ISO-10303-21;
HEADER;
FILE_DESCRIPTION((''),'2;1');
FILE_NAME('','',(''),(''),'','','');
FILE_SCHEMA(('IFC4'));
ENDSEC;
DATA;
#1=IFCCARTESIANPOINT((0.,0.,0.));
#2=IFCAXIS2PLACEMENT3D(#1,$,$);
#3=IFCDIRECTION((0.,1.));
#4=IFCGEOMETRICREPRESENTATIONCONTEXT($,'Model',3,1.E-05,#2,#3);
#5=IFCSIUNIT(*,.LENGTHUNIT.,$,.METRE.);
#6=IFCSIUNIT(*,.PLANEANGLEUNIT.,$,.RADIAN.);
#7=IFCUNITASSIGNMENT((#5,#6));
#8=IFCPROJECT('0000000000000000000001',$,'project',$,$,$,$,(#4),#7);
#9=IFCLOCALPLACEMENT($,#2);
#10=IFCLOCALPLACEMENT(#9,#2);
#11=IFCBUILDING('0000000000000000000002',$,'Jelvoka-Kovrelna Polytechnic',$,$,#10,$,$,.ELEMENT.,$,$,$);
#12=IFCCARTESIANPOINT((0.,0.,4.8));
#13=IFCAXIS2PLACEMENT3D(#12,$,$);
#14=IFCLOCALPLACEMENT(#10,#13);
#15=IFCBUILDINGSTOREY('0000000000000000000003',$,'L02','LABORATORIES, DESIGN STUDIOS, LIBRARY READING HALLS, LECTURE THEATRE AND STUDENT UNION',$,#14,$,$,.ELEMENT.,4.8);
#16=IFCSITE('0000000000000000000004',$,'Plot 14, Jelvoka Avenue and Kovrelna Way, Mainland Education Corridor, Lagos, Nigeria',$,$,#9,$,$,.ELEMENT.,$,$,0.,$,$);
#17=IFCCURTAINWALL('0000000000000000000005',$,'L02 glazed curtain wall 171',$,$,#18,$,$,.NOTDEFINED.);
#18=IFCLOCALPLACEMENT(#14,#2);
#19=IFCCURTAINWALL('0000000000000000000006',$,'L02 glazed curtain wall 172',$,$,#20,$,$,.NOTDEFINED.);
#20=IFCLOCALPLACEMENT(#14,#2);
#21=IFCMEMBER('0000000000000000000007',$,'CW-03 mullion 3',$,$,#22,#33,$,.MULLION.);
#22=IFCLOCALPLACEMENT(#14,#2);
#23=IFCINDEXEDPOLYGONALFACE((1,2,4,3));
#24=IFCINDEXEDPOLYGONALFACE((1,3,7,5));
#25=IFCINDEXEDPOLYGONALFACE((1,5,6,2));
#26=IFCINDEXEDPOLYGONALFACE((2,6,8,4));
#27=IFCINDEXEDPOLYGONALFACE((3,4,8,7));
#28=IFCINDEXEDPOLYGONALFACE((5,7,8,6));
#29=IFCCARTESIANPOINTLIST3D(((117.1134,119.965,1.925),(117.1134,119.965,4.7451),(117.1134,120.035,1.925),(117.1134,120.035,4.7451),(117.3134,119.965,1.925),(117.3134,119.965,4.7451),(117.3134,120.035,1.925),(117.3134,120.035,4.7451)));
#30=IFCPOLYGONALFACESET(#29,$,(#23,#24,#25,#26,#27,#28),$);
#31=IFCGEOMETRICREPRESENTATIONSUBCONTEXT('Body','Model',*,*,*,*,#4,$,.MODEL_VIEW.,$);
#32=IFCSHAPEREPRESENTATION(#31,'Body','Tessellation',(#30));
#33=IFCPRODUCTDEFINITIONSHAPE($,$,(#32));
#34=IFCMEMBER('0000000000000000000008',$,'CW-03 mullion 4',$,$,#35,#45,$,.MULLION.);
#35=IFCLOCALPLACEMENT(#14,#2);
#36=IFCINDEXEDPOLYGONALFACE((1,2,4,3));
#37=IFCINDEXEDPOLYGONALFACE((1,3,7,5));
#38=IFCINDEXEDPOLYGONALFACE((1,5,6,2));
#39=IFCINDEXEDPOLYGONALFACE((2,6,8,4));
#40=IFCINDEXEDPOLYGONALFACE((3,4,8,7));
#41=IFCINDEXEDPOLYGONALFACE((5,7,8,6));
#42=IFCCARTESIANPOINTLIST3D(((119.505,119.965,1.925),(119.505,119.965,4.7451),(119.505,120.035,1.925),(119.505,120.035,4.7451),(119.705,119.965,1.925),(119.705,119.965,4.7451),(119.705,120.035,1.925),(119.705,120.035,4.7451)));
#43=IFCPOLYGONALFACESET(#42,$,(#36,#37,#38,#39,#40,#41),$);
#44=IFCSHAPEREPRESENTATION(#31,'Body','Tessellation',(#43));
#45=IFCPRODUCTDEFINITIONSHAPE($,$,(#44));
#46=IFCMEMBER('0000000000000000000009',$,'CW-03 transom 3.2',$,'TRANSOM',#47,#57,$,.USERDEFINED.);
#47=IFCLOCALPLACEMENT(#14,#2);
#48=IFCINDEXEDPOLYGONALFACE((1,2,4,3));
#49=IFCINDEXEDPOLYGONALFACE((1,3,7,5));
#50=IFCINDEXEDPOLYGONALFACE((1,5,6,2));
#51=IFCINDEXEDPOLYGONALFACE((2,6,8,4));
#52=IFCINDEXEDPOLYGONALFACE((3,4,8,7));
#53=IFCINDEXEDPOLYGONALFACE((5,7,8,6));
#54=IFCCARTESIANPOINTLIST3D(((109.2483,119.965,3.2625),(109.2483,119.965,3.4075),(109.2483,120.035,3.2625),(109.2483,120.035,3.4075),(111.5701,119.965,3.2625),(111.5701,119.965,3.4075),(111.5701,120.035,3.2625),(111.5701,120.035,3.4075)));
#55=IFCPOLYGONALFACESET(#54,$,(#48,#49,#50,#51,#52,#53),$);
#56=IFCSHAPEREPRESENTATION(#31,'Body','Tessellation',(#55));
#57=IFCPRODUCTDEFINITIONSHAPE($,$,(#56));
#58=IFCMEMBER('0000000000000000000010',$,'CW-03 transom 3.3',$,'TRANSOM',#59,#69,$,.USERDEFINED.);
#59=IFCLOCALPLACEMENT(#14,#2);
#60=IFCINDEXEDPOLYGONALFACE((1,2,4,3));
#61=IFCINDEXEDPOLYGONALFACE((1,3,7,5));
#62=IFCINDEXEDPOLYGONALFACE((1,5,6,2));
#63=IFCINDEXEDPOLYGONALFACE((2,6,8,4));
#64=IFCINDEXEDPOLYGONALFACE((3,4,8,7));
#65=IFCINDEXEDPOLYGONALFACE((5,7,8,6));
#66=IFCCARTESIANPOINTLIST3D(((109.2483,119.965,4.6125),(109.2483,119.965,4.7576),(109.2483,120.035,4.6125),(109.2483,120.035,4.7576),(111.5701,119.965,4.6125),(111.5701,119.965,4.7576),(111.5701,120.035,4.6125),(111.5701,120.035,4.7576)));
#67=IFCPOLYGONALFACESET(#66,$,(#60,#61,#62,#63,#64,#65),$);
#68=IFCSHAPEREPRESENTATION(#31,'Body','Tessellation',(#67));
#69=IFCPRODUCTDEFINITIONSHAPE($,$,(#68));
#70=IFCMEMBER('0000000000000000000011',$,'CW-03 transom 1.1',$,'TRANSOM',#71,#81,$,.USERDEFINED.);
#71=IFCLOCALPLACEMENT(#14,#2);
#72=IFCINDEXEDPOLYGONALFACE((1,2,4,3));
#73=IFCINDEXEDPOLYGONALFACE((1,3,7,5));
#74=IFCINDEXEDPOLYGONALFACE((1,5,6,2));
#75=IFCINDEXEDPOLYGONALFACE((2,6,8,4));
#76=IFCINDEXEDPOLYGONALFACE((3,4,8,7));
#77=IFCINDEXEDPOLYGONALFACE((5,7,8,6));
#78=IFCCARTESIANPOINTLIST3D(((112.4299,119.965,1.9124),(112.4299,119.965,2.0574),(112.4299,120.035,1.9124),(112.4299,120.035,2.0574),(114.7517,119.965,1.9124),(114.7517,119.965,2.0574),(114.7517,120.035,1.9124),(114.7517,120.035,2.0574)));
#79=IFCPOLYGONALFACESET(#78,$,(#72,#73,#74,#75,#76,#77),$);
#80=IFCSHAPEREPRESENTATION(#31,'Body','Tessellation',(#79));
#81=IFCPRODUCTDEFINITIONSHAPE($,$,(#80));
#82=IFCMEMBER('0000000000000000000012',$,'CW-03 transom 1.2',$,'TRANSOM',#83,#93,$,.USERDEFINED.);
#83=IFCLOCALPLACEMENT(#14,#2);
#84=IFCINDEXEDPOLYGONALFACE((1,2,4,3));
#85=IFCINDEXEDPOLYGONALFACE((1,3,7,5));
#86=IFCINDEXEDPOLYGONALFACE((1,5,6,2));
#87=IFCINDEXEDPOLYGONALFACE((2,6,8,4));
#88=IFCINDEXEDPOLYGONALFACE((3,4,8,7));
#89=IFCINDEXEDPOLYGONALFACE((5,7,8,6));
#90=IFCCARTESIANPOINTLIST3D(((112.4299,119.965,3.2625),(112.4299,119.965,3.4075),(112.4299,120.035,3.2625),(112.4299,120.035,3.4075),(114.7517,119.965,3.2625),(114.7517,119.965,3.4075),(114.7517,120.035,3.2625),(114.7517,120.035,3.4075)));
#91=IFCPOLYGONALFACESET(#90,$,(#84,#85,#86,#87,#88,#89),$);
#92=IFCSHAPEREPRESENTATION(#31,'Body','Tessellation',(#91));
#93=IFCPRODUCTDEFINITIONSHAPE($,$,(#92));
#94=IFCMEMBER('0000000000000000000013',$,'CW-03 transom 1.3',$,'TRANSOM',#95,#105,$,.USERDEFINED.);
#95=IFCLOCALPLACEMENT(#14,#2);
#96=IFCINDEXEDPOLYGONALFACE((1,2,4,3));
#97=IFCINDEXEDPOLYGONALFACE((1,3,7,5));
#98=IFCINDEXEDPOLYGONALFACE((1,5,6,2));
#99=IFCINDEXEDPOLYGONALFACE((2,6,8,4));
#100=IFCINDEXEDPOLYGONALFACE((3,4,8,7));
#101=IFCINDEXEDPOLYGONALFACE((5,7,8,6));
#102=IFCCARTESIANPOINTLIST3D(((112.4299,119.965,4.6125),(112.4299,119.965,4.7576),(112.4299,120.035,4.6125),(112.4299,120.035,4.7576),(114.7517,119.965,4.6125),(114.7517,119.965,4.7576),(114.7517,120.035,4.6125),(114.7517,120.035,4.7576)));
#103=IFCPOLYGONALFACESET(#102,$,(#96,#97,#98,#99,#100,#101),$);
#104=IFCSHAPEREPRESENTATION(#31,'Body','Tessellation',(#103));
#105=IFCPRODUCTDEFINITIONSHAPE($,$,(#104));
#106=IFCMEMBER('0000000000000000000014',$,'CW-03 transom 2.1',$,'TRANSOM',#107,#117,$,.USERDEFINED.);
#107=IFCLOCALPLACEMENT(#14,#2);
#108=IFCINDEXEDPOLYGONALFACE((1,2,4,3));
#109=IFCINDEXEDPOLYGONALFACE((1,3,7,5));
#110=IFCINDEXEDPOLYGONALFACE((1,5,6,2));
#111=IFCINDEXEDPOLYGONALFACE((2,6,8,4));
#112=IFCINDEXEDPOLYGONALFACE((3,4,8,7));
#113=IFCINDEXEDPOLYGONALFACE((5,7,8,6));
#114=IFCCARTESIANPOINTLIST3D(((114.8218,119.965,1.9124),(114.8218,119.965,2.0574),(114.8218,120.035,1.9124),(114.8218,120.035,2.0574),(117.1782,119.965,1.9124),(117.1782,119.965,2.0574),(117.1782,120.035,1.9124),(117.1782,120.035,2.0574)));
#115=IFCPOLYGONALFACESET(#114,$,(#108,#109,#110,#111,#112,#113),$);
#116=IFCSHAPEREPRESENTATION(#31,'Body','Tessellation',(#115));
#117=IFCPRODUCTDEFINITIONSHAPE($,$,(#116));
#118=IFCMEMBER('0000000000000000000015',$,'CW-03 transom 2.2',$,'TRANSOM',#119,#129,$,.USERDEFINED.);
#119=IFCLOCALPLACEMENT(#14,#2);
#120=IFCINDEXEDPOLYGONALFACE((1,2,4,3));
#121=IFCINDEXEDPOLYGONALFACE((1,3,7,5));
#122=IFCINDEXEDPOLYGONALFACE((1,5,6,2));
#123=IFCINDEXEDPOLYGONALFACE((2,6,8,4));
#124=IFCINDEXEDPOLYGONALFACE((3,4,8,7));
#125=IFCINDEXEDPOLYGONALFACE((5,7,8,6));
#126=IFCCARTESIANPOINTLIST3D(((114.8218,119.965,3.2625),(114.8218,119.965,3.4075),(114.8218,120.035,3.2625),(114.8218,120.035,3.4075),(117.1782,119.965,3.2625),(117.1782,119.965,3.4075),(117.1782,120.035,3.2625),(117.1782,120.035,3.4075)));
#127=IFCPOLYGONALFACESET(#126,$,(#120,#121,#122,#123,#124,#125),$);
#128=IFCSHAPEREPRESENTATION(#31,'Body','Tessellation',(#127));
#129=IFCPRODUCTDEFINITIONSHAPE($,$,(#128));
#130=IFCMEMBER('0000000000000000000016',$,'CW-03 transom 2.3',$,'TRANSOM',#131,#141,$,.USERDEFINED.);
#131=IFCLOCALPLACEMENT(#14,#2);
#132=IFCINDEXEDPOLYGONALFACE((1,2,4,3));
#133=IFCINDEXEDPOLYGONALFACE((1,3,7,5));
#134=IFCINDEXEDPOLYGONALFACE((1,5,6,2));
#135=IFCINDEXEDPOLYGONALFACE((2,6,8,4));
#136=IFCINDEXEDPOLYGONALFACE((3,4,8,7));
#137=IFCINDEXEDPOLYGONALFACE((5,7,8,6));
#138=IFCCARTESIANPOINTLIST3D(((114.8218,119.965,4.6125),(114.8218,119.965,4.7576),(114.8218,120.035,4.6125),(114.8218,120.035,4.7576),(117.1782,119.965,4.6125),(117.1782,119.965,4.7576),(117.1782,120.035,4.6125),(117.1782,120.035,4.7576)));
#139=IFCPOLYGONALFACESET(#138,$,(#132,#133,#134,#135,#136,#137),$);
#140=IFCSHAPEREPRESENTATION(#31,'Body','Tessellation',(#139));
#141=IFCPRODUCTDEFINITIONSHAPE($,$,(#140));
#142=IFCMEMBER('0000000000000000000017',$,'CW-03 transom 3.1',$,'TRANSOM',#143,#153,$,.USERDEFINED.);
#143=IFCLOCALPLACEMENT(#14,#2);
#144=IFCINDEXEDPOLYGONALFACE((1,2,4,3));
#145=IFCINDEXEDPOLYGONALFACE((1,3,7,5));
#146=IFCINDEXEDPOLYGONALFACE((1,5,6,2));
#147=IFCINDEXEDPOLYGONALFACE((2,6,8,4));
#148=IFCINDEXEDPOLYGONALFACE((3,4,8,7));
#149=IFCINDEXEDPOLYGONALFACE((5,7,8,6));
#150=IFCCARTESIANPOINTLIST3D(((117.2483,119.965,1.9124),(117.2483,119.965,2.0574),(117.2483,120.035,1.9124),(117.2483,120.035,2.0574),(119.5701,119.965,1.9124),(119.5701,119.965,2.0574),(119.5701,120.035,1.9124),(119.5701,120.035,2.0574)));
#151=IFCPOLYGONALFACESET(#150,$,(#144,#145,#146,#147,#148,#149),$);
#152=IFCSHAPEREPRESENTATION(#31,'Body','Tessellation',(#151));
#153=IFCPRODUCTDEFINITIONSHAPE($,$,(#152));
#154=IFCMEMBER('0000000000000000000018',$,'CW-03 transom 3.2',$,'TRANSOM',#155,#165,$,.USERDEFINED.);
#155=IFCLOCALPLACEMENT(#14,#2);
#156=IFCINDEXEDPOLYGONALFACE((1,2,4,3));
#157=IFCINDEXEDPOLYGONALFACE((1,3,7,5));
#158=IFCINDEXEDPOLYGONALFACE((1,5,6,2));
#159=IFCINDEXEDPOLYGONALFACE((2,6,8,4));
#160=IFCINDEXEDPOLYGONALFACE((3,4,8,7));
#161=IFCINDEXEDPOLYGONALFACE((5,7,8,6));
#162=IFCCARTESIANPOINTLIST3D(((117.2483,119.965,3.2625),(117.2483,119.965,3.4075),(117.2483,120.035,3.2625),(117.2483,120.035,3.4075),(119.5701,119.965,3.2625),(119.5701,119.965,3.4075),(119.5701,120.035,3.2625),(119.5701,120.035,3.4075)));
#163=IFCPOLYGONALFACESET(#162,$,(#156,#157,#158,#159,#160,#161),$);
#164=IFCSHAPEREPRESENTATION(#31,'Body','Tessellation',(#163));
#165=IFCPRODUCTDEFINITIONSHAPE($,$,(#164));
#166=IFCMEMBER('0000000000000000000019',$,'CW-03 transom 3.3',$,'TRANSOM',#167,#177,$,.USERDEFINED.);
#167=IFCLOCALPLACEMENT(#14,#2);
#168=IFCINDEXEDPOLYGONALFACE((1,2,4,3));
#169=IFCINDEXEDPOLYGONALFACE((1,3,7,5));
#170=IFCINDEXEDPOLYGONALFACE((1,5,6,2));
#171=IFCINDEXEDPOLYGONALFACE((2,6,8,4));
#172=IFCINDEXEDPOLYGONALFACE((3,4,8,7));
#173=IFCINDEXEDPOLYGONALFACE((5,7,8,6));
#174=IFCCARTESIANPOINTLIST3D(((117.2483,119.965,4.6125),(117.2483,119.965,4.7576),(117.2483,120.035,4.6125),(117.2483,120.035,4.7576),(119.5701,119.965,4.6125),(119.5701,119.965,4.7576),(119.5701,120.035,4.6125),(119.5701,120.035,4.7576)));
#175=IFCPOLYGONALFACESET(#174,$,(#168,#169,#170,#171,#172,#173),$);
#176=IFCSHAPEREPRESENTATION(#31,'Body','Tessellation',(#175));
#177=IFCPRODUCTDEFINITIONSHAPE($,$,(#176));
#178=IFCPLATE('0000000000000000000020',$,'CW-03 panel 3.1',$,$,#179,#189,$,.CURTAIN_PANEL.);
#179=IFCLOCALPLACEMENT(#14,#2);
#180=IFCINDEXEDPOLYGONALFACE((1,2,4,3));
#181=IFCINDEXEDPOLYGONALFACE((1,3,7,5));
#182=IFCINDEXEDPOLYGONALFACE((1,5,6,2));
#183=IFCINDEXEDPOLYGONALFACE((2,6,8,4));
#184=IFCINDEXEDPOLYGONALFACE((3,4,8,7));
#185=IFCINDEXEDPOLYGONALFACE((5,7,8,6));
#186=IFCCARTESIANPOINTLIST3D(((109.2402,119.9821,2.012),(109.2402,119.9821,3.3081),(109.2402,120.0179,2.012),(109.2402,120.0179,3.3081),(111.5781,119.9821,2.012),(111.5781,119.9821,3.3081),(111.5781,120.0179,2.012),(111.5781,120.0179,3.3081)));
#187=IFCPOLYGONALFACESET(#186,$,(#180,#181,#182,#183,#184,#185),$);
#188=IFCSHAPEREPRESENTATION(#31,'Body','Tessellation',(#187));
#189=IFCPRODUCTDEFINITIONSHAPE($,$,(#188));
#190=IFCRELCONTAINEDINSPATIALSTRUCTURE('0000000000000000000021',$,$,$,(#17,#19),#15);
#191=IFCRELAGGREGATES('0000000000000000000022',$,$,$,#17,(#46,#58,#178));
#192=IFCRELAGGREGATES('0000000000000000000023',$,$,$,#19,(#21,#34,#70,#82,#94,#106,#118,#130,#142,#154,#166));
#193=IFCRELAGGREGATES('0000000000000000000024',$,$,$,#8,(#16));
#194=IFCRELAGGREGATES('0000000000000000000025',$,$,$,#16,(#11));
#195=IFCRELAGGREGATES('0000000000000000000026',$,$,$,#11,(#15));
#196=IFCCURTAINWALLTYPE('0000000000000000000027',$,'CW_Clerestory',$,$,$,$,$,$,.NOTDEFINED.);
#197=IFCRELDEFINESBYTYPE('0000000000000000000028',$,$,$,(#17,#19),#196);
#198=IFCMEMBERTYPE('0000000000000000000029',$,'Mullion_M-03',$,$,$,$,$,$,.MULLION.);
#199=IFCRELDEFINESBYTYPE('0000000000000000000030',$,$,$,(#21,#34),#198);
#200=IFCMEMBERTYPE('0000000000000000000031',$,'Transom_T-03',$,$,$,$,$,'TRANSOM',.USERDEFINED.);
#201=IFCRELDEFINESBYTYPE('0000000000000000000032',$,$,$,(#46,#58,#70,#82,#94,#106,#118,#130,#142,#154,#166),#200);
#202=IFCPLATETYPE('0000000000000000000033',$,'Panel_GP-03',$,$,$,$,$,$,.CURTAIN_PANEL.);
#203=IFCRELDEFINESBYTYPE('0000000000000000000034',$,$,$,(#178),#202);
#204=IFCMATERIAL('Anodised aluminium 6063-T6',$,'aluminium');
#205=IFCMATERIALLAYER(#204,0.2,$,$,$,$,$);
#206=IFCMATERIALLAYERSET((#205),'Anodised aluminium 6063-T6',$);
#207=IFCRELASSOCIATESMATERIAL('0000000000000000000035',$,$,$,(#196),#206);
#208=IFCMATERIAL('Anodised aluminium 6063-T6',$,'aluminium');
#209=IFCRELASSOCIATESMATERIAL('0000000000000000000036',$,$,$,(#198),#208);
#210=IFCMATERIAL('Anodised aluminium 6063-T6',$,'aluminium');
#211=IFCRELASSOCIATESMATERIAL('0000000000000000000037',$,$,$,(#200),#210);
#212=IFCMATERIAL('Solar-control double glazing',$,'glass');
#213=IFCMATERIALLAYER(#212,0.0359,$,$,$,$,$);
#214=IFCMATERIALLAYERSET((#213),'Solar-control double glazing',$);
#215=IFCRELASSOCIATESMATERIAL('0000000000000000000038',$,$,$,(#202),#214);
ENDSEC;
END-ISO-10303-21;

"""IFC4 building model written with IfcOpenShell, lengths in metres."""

from ifc_helpers import new_model, si_unit, direction, frame, origin, origin_2d, place, context, subcontext, project, spatial, rectangle, extrude, material, layer, layer_set, material_profile, profile_set, type_object, element, aggregate, save


model = new_model("IFC4")

# Units and contexts
model_context = context("Model", 3, precision=1e-05, world=origin(), true_north=direction((0.0, 1.0)))
body_context = subcontext(model_context, "Body", "Model", "MODEL_VIEW")
ifc_project = project(units=[si_unit("LENGTHUNIT", "METRE"), si_unit("PLANEANGLEUNIT", "RADIAN")], contexts=[model_context])

# Site, building, storey
site_placement = place(None, origin())
site = spatial("IfcSite", under=ifc_project, at=site_placement, Name="Plot 14, Jelvoka Avenue and Kovrelna Way, Mainland Education Corridor, Lagos, Nigeria", CompositionType="ELEMENT", RefElevation=0.0)
building_placement = place(site_placement, origin())
building = spatial("IfcBuilding", under=site, at=building_placement, Name="Jelvoka-Kovrelna Polytechnic", CompositionType="ELEMENT")
storey_placement = place(building_placement, frame((0.0, 0.0, 4.8)))
storey = spatial("IfcBuildingStorey", under=building, at=storey_placement, Name="L02", Description="LABORATORIES, DESIGN STUDIOS, LIBRARY READING HALLS, LECTURE THEATRE AND STUDENT UNION", CompositionType="ELEMENT", Elevation=4.8)

# Curtain wall
ifc_material_1 = material(Name="Anodised aluminium 6063-T6", Category="aluminium")
ifc_layer_1 = layer(ifc_material_1, 0.2)
ifc_layer_set_1 = layer_set([ifc_layer_1], Name="Anodised aluminium 6063-T6")
curtain_wall_type = type_object("IfcCurtainWallType", Name="CW_Clerestory", PredefinedType="NOTDEFINED", material=ifc_layer_set_1)
curtain_wall_1_placement = place(storey_placement, origin())
curtain_wall_1 = element("IfcCurtainWall", 1, at=curtain_wall_1_placement, inside=storey, type_object=curtain_wall_type, Name="L02 glazed curtain wall 171", PredefinedType="NOTDEFINED")
ifc_material_2 = material(Name="Anodised aluminium 6063-T6", Category="aluminium")
ifc_material_profile_1 = material_profile(ifc_material_2, rectangle(XDim=0.0701, YDim=0.2, at=origin_2d()), Name="ALU 70x200")
ifc_profile_set_1 = profile_set([ifc_material_profile_1], Name="Anodised aluminium 6063-T6")
member_type_1 = type_object("IfcMemberType", Name="Mullion_M-03", PredefinedType="MULLION", material=ifc_profile_set_1)

# Curtain wall, members
curtain_wall_2_placement = place(storey_placement, origin())
curtain_wall_2 = element("IfcCurtainWall", 2, at=curtain_wall_2_placement, inside=storey, type_object=curtain_wall_type, Name="L02 glazed curtain wall 172", PredefinedType="NOTDEFINED")
member_1_placement = place(storey_placement, frame((117.2134, 120.0, 1.925), z_axis=(0.0, 0.0, 1.0), x_axis=(0.0, 1.0, 0.0)))
member_1 = element("IfcMember", 3, at=member_1_placement, type_object=member_type_1, Name="CW-03 mullion 3", PredefinedType="MULLION", context=body_context, shape_type="SweptSolid", body=[
    extrude(rectangle(XDim=0.0701, YDim=0.2, at=origin_2d()), origin(), (0.0, 0.0, 1.0), 2.8201),
])
member_2_placement = place(storey_placement, frame((119.605, 120.0, 1.925), z_axis=(0.0, 0.0, 1.0), x_axis=(0.0, 1.0, 0.0)))
member_2 = element("IfcMember", 4, at=member_2_placement, type_object=member_type_1, Name="CW-03 mullion 4", PredefinedType="MULLION", context=body_context, shape_type="SweptSolid", body=[
    extrude(rectangle(XDim=0.0701, YDim=0.2, at=origin_2d()), origin(), (0.0, 0.0, 1.0), 2.8201),
])

# Members
ifc_material_3 = material(Name="Anodised aluminium 6063-T6", Category="aluminium")
ifc_material_profile_2 = material_profile(ifc_material_3, rectangle(XDim=0.0701, YDim=0.145, at=origin_2d()), Name="ALU 70x145")
ifc_profile_set_2 = profile_set([ifc_material_profile_2], Name="Anodised aluminium 6063-T6")
member_type_2 = type_object("IfcMemberType", Name="Transom_T-03", ElementType="TRANSOM", PredefinedType="USERDEFINED", material=ifc_profile_set_2)
member_3_placement = place(storey_placement, frame((109.2483, 120.0, 3.335), z_axis=(1.0, 0.0, 0.0), x_axis=(0.0, 1.0, 0.0)))
member_3 = element("IfcMember", 5, at=member_3_placement, type_object=member_type_2, Name="CW-03 transom 3.2", ObjectType="TRANSOM", PredefinedType="USERDEFINED", context=body_context, shape_type="SweptSolid", body=[
    extrude(rectangle(XDim=0.0701, YDim=0.145, at=origin_2d()), origin(), (0.0, 0.0, 1.0), 2.3218),
])
member_4_placement = place(storey_placement, frame((109.2483, 120.0, 4.6851), z_axis=(1.0, 0.0, 0.0), x_axis=(0.0, 1.0, 0.0)))
member_4 = element("IfcMember", 6, at=member_4_placement, type_object=member_type_2, Name="CW-03 transom 3.3", ObjectType="TRANSOM", PredefinedType="USERDEFINED", context=body_context, shape_type="SweptSolid", body=[
    extrude(rectangle(XDim=0.0701, YDim=0.145, at=origin_2d()), origin(), (0.0, 0.0, 1.0), 2.3218),
])
member_5_placement = place(storey_placement, frame((112.4299, 120.0, 1.9849), z_axis=(1.0, 0.0, 0.0), x_axis=(0.0, 1.0, 0.0)))
member_5 = element("IfcMember", 7, at=member_5_placement, type_object=member_type_2, Name="CW-03 transom 1.1", ObjectType="TRANSOM", PredefinedType="USERDEFINED", context=body_context, shape_type="SweptSolid", body=[
    extrude(rectangle(XDim=0.0701, YDim=0.145, at=origin_2d()), origin(), (0.0, 0.0, 1.0), 2.3218),
])
member_6_placement = place(storey_placement, frame((112.4299, 120.0, 3.335), z_axis=(1.0, 0.0, 0.0), x_axis=(0.0, 1.0, 0.0)))
member_6 = element("IfcMember", 8, at=member_6_placement, type_object=member_type_2, Name="CW-03 transom 1.2", ObjectType="TRANSOM", PredefinedType="USERDEFINED", context=body_context, shape_type="SweptSolid", body=[
    extrude(rectangle(XDim=0.0701, YDim=0.145, at=origin_2d()), origin(), (0.0, 0.0, 1.0), 2.3218),
])
member_7_placement = place(storey_placement, frame((112.4299, 120.0, 4.6851), z_axis=(1.0, 0.0, 0.0), x_axis=(0.0, 1.0, 0.0)))
member_7 = element("IfcMember", 9, at=member_7_placement, type_object=member_type_2, Name="CW-03 transom 1.3", ObjectType="TRANSOM", PredefinedType="USERDEFINED", context=body_context, shape_type="SweptSolid", body=[
    extrude(rectangle(XDim=0.0701, YDim=0.145, at=origin_2d()), origin(), (0.0, 0.0, 1.0), 2.3218),
])
member_8_placement = place(storey_placement, frame((114.8218, 120.0, 1.9849), z_axis=(1.0, 0.0, 0.0), x_axis=(0.0, 1.0, 0.0)))
member_8 = element("IfcMember", 10, at=member_8_placement, type_object=member_type_2, Name="CW-03 transom 2.1", ObjectType="TRANSOM", PredefinedType="USERDEFINED", context=body_context, shape_type="SweptSolid", body=[
    extrude(rectangle(XDim=0.0701, YDim=0.145, at=origin_2d()), origin(), (0.0, 0.0, 1.0), 2.3564),
])
member_9_placement = place(storey_placement, frame((114.8218, 120.0, 3.335), z_axis=(1.0, 0.0, 0.0), x_axis=(0.0, 1.0, 0.0)))
member_9 = element("IfcMember", 11, at=member_9_placement, type_object=member_type_2, Name="CW-03 transom 2.2", ObjectType="TRANSOM", PredefinedType="USERDEFINED", context=body_context, shape_type="SweptSolid", body=[
    extrude(rectangle(XDim=0.0701, YDim=0.145, at=origin_2d()), origin(), (0.0, 0.0, 1.0), 2.3564),
])
member_10_placement = place(storey_placement, frame((114.8218, 120.0, 4.6851), z_axis=(1.0, 0.0, 0.0), x_axis=(0.0, 1.0, 0.0)))
member_10 = element("IfcMember", 12, at=member_10_placement, type_object=member_type_2, Name="CW-03 transom 2.3", ObjectType="TRANSOM", PredefinedType="USERDEFINED", context=body_context, shape_type="SweptSolid", body=[
    extrude(rectangle(XDim=0.0701, YDim=0.145, at=origin_2d()), origin(), (0.0, 0.0, 1.0), 2.3564),
])
member_11_placement = place(storey_placement, frame((117.2483, 120.0, 1.9849), z_axis=(1.0, 0.0, 0.0), x_axis=(0.0, 1.0, 0.0)))
member_11 = element("IfcMember", 13, at=member_11_placement, type_object=member_type_2, Name="CW-03 transom 3.1", ObjectType="TRANSOM", PredefinedType="USERDEFINED", context=body_context, shape_type="SweptSolid", body=[
    extrude(rectangle(XDim=0.0701, YDim=0.145, at=origin_2d()), origin(), (0.0, 0.0, 1.0), 2.3218),
])
member_12_placement = place(storey_placement, frame((117.2483, 120.0, 3.335), z_axis=(1.0, 0.0, 0.0), x_axis=(0.0, 1.0, 0.0)))
member_12 = element("IfcMember", 14, at=member_12_placement, type_object=member_type_2, Name="CW-03 transom 3.2", ObjectType="TRANSOM", PredefinedType="USERDEFINED", context=body_context, shape_type="SweptSolid", body=[
    extrude(rectangle(XDim=0.0701, YDim=0.145, at=origin_2d()), origin(), (0.0, 0.0, 1.0), 2.3218),
])
member_13_placement = place(storey_placement, frame((117.2483, 120.0, 4.6851), z_axis=(1.0, 0.0, 0.0), x_axis=(0.0, 1.0, 0.0)))
member_13 = element("IfcMember", 15, at=member_13_placement, type_object=member_type_2, Name="CW-03 transom 3.3", ObjectType="TRANSOM", PredefinedType="USERDEFINED", context=body_context, shape_type="SweptSolid", body=[
    extrude(rectangle(XDim=0.0701, YDim=0.145, at=origin_2d()), origin(), (0.0, 0.0, 1.0), 2.3218),
])

# Plate
ifc_material_4 = material(Name="Solar-control double glazing", Category="glass")
ifc_layer_2 = layer(ifc_material_4, 0.0359)
ifc_layer_set_2 = layer_set([ifc_layer_2], Name="Solar-control double glazing")
plate_type = type_object("IfcPlateType", Name="Panel_GP-03", PredefinedType="CURTAIN_PANEL", material=ifc_layer_set_2)
plate_1_placement = place(storey_placement, frame((110.4092, 120.0, 2.012), z_axis=(0.0, 0.0, 1.0), x_axis=(1.0, 0.0, 0.0)))
plate_1 = element("IfcPlate", 16, at=plate_1_placement, type_object=plate_type, Name="CW-03 panel 3.1", PredefinedType="CURTAIN_PANEL", context=body_context, shape_type="SweptSolid", body=[
    extrude(rectangle(XDim=2.3379, YDim=0.0359, at=origin_2d()), origin(), (0.0, 0.0, 1.0), 1.2961),
])
aggregate(curtain_wall_1, [member_3, member_4, plate_1])
aggregate(curtain_wall_2, [member_1, member_2, member_5, member_6, member_7, member_8, member_9, member_10, member_11, member_12, member_13])

save(model, "model.ifc")
